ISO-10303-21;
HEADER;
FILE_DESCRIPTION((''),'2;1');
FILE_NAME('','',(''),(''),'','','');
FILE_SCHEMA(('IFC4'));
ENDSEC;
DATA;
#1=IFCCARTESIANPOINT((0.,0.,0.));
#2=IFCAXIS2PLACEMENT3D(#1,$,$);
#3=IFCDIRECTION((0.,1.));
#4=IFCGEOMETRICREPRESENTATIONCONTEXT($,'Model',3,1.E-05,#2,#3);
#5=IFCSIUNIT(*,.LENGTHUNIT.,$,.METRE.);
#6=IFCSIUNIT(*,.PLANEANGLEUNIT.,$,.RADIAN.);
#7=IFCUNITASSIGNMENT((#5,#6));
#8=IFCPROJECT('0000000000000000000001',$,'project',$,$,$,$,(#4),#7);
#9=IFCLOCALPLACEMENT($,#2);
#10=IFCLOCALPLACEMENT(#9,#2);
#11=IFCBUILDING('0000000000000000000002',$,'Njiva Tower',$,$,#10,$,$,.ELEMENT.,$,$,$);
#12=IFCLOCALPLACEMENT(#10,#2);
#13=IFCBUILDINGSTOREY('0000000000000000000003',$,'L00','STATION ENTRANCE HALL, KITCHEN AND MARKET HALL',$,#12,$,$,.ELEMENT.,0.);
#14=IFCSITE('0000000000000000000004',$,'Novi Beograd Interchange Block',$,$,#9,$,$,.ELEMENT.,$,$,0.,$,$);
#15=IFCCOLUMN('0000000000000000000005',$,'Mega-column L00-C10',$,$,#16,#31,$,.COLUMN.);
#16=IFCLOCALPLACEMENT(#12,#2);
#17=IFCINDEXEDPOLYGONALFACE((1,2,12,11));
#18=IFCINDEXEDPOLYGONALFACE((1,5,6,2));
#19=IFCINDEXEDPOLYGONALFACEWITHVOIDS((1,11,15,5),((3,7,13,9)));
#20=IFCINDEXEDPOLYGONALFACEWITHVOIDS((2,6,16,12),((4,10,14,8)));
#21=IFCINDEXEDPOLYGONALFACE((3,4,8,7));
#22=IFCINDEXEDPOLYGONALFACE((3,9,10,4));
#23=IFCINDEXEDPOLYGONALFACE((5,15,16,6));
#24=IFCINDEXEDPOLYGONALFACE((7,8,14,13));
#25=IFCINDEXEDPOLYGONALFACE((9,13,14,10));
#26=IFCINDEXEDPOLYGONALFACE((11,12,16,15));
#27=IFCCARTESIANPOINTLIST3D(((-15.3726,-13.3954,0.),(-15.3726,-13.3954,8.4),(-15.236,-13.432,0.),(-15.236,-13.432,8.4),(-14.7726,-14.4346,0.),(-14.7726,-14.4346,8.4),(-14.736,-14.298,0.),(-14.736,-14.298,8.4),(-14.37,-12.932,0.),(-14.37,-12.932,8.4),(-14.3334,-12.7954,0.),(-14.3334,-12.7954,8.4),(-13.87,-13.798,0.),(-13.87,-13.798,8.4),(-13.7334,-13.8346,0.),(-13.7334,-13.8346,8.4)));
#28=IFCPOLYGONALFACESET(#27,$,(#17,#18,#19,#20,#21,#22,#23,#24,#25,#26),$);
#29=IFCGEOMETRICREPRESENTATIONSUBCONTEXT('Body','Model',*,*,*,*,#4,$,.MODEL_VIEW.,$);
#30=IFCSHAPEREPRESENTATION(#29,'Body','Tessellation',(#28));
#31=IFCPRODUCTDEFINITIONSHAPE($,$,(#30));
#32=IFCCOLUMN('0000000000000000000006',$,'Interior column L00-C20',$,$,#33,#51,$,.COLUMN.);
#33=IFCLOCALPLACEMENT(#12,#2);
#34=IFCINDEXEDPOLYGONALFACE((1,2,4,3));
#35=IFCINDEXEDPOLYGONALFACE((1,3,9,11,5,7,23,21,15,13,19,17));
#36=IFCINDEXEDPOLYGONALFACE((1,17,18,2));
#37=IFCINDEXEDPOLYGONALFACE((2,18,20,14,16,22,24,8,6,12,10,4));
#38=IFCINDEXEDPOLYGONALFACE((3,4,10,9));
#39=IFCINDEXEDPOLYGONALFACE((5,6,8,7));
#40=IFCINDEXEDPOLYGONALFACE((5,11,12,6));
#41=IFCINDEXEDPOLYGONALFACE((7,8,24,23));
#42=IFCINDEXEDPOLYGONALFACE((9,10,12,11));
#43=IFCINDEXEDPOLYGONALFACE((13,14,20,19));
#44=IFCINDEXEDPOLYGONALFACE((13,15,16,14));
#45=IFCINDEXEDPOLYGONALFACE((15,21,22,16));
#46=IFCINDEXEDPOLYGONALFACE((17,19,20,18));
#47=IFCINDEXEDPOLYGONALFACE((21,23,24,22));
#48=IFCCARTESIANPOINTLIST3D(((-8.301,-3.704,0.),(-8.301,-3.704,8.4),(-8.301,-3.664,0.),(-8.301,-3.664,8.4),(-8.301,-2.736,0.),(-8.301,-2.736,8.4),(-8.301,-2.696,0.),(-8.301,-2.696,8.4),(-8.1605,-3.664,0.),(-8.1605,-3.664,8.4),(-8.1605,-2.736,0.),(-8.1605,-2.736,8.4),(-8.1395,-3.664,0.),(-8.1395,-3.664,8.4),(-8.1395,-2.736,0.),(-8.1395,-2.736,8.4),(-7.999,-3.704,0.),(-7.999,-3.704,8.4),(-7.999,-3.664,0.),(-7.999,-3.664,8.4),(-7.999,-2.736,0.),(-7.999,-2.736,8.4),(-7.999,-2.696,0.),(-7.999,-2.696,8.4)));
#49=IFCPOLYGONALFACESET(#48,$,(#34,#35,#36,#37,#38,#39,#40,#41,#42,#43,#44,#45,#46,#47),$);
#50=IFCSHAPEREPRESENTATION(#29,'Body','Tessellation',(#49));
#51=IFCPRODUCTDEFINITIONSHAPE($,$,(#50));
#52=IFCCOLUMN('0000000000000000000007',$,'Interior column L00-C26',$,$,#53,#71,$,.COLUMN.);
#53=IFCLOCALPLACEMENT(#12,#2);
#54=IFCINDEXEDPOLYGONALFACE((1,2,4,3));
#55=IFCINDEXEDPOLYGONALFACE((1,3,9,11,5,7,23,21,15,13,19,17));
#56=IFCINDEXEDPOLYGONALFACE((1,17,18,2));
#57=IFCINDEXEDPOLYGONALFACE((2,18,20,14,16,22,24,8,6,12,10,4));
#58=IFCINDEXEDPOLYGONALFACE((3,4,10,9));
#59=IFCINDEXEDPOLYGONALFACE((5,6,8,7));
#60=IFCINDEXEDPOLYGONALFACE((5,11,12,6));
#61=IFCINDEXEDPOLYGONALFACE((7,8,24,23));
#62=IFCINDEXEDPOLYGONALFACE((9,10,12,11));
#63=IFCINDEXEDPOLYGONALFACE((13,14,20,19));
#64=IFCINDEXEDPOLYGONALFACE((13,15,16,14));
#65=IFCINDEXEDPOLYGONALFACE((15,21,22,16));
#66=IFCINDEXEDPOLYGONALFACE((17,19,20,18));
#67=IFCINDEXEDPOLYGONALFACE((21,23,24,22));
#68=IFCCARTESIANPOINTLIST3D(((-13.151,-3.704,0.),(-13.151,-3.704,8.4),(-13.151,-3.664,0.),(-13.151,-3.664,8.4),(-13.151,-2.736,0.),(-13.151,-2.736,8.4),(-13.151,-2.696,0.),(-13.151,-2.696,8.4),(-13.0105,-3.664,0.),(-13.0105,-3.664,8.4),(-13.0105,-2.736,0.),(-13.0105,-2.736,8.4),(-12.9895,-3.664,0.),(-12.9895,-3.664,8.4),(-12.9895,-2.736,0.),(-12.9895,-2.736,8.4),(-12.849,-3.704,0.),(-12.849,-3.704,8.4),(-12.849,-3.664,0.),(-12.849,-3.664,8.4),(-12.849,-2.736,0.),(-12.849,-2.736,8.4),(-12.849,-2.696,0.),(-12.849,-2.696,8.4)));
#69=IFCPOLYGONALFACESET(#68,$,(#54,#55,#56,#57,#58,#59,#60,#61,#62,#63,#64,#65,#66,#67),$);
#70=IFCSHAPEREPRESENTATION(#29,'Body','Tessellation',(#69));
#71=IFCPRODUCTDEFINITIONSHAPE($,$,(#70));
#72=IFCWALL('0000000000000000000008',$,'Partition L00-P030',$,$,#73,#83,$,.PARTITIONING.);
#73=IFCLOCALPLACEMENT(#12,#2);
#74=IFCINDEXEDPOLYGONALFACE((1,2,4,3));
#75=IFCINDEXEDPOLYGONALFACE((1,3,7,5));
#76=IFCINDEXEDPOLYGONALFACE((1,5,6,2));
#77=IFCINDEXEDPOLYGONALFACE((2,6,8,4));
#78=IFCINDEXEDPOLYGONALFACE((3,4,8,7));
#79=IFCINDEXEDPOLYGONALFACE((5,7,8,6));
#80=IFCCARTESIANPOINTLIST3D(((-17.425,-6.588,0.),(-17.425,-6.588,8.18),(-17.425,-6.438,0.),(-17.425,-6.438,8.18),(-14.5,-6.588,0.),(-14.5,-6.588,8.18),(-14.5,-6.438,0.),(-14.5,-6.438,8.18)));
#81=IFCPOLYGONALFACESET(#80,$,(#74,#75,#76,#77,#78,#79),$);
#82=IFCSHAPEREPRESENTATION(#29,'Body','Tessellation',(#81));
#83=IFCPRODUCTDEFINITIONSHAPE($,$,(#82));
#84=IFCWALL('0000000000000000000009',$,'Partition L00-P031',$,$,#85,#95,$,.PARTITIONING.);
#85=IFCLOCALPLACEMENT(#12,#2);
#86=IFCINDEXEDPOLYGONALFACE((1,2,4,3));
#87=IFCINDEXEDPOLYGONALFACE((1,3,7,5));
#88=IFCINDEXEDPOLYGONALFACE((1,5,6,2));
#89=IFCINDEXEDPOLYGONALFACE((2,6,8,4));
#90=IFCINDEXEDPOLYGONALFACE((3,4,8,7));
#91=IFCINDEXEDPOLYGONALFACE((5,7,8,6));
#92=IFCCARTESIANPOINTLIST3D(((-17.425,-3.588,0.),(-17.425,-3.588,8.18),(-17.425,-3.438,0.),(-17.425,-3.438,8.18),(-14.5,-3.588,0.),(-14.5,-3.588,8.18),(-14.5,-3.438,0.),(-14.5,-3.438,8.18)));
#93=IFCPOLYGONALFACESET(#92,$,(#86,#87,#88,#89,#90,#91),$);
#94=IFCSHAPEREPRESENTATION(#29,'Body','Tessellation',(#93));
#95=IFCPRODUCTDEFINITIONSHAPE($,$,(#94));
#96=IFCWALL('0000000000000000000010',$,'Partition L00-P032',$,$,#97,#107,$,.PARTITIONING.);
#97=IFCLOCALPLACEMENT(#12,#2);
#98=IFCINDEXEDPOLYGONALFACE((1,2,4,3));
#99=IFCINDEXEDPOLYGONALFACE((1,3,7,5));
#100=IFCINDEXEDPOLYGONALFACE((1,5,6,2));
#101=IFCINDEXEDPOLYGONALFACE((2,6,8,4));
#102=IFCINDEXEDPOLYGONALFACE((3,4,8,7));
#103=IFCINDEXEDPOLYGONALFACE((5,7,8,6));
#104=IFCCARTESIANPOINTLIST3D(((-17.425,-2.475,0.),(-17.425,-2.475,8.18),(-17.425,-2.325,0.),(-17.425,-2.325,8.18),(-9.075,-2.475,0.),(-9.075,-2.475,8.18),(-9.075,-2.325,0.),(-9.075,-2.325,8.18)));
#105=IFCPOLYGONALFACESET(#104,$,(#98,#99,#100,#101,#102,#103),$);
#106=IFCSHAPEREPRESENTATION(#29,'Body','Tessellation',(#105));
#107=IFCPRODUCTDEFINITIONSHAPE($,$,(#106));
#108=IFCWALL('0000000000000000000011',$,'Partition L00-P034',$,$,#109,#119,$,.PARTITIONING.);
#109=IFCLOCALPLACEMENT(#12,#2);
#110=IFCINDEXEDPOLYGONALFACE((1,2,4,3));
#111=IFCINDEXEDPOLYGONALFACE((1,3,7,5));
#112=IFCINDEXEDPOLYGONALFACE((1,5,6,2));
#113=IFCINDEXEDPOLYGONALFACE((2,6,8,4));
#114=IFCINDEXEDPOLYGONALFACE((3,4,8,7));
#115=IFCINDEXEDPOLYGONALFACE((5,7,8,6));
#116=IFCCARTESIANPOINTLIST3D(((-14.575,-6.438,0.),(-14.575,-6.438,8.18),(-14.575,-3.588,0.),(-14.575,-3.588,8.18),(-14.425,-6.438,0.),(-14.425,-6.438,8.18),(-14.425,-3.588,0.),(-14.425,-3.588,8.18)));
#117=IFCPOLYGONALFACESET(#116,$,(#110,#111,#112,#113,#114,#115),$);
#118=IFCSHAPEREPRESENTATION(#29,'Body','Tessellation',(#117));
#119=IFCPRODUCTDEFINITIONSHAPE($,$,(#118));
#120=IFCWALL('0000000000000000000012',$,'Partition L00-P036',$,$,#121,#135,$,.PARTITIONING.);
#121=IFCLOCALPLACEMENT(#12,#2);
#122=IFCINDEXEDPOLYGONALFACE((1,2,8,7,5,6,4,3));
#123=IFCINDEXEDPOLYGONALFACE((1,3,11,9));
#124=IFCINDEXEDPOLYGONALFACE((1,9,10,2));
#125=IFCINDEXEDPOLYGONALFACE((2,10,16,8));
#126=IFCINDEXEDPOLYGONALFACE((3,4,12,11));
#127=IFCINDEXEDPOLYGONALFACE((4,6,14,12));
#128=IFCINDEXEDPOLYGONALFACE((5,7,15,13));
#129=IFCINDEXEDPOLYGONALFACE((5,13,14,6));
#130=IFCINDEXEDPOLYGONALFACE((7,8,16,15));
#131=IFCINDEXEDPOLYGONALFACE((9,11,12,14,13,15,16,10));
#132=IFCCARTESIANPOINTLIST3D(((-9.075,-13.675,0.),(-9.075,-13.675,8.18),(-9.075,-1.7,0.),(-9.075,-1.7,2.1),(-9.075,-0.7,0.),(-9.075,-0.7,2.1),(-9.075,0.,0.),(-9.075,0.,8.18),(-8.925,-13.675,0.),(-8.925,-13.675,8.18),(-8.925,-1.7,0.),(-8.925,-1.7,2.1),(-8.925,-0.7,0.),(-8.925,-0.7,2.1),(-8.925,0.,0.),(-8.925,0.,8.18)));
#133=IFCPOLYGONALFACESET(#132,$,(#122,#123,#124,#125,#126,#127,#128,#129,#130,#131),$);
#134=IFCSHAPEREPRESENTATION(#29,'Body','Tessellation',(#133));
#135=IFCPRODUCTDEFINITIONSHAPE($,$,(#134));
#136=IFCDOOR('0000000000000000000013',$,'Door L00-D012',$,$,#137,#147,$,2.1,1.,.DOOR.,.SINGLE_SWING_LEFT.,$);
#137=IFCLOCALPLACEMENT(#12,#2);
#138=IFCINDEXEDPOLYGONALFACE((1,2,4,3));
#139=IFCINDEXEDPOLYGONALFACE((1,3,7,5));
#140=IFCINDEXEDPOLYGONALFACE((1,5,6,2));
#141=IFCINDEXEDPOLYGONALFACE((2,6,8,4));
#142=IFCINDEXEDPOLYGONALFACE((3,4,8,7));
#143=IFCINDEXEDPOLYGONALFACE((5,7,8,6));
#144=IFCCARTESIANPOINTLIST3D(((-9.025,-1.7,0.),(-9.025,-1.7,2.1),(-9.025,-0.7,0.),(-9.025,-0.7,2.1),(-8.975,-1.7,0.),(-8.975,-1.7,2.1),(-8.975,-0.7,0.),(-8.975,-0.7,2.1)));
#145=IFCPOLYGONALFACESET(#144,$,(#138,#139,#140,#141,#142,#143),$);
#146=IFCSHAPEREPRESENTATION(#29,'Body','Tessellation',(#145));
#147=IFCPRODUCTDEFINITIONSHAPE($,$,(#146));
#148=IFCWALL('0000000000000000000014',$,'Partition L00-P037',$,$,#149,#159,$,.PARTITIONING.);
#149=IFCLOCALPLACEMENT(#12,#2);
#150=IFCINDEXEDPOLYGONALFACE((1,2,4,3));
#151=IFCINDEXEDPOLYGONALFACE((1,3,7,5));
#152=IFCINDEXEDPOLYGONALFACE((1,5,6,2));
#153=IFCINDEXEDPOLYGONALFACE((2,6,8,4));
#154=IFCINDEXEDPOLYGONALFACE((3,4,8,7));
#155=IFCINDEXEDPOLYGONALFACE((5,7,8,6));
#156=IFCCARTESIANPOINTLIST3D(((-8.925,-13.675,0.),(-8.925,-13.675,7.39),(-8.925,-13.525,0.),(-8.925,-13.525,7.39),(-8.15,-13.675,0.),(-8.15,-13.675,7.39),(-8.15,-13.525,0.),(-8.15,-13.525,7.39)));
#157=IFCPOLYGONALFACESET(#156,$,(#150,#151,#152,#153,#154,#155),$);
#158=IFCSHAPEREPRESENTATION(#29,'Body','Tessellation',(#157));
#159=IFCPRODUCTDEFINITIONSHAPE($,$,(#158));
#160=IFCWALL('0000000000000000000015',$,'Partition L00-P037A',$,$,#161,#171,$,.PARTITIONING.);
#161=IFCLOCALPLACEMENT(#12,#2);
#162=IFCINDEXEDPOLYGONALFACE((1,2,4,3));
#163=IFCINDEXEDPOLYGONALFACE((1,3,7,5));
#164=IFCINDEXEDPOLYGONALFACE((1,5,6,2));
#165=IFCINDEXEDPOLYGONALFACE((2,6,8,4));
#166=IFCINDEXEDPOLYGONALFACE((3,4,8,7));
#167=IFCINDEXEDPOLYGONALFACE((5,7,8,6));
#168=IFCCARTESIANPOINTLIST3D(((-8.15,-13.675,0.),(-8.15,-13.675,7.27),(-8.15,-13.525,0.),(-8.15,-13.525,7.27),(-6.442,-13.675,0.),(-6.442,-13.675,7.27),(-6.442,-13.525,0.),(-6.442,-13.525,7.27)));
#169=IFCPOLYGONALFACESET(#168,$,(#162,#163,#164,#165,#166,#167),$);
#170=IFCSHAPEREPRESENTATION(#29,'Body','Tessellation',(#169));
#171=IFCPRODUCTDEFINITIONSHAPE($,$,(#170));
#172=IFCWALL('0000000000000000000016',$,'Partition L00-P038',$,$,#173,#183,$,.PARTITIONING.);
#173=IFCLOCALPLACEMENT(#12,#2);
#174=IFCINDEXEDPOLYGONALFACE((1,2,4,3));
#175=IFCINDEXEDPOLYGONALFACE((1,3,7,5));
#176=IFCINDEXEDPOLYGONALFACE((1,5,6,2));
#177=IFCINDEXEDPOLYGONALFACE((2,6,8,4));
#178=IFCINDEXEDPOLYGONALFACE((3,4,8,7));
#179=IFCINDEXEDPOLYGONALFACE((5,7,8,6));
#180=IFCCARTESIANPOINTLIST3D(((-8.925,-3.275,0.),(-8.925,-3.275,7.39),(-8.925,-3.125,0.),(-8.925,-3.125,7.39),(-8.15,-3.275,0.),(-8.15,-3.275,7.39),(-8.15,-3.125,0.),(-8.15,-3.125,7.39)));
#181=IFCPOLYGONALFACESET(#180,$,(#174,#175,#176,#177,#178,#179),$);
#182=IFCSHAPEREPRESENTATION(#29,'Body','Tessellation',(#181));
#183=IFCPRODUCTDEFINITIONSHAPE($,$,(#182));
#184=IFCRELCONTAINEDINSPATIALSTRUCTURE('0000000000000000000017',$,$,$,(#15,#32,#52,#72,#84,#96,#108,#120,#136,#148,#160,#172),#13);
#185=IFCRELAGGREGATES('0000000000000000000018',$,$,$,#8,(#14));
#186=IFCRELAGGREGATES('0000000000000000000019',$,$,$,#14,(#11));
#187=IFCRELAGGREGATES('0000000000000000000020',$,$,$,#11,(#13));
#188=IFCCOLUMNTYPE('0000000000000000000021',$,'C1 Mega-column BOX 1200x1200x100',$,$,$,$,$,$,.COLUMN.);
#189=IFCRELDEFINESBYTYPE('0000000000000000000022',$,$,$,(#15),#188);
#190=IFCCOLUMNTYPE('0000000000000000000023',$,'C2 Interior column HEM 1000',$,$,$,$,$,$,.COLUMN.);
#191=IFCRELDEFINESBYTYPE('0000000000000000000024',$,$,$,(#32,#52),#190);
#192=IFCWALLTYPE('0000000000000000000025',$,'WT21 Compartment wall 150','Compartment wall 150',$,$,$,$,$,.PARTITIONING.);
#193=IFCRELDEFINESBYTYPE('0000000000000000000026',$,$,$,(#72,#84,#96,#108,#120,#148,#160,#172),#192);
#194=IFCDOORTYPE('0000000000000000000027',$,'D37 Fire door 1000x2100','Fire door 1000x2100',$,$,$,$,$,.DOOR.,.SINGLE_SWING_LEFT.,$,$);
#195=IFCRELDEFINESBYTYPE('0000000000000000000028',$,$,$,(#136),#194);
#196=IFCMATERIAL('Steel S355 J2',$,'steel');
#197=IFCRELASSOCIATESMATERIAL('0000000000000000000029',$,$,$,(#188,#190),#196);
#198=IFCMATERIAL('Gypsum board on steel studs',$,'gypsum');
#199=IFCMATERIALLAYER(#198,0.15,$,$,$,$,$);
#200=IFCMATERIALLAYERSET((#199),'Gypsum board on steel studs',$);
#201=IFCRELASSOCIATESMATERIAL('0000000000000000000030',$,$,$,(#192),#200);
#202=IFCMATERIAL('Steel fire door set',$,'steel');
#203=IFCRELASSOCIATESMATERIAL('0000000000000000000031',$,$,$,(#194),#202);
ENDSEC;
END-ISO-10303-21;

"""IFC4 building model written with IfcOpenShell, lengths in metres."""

from ifc_helpers import new_model, si_unit, direction, frame, frame_2d, origin, origin_2d, place, context, subcontext, project, spatial, rectangle, hollow_rectangle, i_section, extrude, material, layer, layer_set, material_profile, profile_set, type_object, element, fill, save


model = new_model("IFC4")

# Units and contexts
model_context = context("Model", 3, precision=1e-05, world=origin(), true_north=direction((0.0, 1.0)))
body_context = subcontext(model_context, "Body", "Model", "MODEL_VIEW")
ifc_project = project(units=[si_unit("LENGTHUNIT", "METRE"), si_unit("PLANEANGLEUNIT", "RADIAN")], contexts=[model_context])

# Site, building, storey
site_placement = place(None, origin())
site = spatial("IfcSite", under=ifc_project, at=site_placement, Name="Novi Beograd Interchange Block", CompositionType="ELEMENT", RefElevation=0.0)
building_placement = place(site_placement, origin())
building = spatial("IfcBuilding", under=site, at=building_placement, Name="Njiva Tower", CompositionType="ELEMENT")
storey_placement = place(building_placement, origin())
storey = spatial("IfcBuildingStorey", under=building, at=storey_placement, Name="L00", Description="STATION ENTRANCE HALL, KITCHEN AND MARKET HALL", CompositionType="ELEMENT", Elevation=0.0)

# Columns
ifc_material_1 = material(Name="Steel S355 J2", Category="steel")
ifc_material_profile_1 = material_profile(ifc_material_1, hollow_rectangle(XDim=1.2, YDim=1.2, WallThickness=0.1, at=origin_2d()), Name="BOX 1200x1200x100")
ifc_profile_set_1 = profile_set([ifc_material_profile_1], Name="Steel S355 J2")
column_type_1 = type_object("IfcColumnType", Name="C1 Mega-column BOX 1200x1200x100", PredefinedType="COLUMN", material=ifc_profile_set_1)
column_placement = place(storey_placement, frame((-14.553, -13.615, 0.0), z_axis=(0.0, 0.0, 1.0), x_axis=(0.5, -0.866025, 0.0)))
element("IfcColumn", 1, at=column_placement, inside=storey, type_object=column_type_1, Name="Mega-column L00-C10", PredefinedType="COLUMN", context=body_context, shape_type="SweptSolid", body=[
    extrude(hollow_rectangle(XDim=1.2, YDim=1.2, WallThickness=0.1, at=origin_2d()), origin(), (0.0, 0.0, 1.0), 8.4),
])
ifc_material_profile_2 = material_profile(ifc_material_1, i_section(OverallWidth=0.302, OverallDepth=1.008, WebThickness=0.021, FlangeThickness=0.04, at=origin_2d()), Name="HEM 1000")
ifc_profile_set_2 = profile_set([ifc_material_profile_2], Name="Steel S355 J2")
column_type_2 = type_object("IfcColumnType", Name="C2 Interior column HEM 1000", PredefinedType="COLUMN", material=ifc_profile_set_2)
for number, where, z_axis, x_axis, name in (
    (2, (-8.15, -3.2, 0.0), (0.0, 0.0, 1.0), (1.0, 0.0, 0.0), "Interior column L00-C20"),
    (3, (-13.0, -3.2, 0.0), (0.0, 0.0, 1.0), (1.0, 0.0, 0.0), "Interior column L00-C26"),
):
    element("IfcColumn", number, at=place(storey_placement, frame(where, z_axis=z_axis, x_axis=x_axis)), inside=storey, type_object=column_type_2, Name=name, PredefinedType="COLUMN", context=body_context, shape_type="SweptSolid", body=[
        extrude(i_section(OverallWidth=0.302, OverallDepth=1.008, WebThickness=0.021, FlangeThickness=0.04, at=origin_2d()), origin(), (0.0, 0.0, 1.0), 8.4),
    ])

# Walls
ifc_material_2 = material(Name="Gypsum board on steel studs", Category="gypsum")
ifc_layer_1 = layer(ifc_material_2, 0.15)
ifc_layer_set_1 = layer_set([ifc_layer_1], Name="Gypsum board on steel studs")
wall_type_1 = type_object("IfcWallType", Name="WT21 Compartment wall 150", Description="Compartment wall 150", PredefinedType="PARTITIONING", material=ifc_layer_set_1)
for number, where, z_axis, x_axis, name in (
    (4, (-17.425, -6.513, 0.0), (0.0, 0.0, 1.0), (1.0, 0.0, 0.0), "Partition L00-P030"),
    (5, (-17.425, -3.513, 0.0), (0.0, 0.0, 1.0), (1.0, 0.0, 0.0), "Partition L00-P031"),
):
    element("IfcWall", number, at=place(storey_placement, frame(where, z_axis=z_axis, x_axis=x_axis)), inside=storey, type_object=wall_type_1, Name=name, PredefinedType="PARTITIONING", context=body_context, shape_type="SweptSolid", body=[
        extrude(rectangle(XDim=2.925, YDim=0.15, at=frame_2d((1.4625, 0.0))), origin(), (0.0, 0.0, 1.0), 8.18),
    ])
wall_1_placement = place(storey_placement, frame((-17.425, -2.4, 0.0), z_axis=(0.0, 0.0, 1.0), x_axis=(1.0, 0.0, 0.0)))
element("IfcWall", 6, at=wall_1_placement, inside=storey, type_object=wall_type_1, Name="Partition L00-P032", PredefinedType="PARTITIONING", context=body_context, shape_type="SweptSolid", body=[
    extrude(rectangle(XDim=8.35, YDim=0.15, at=frame_2d((4.175, 0.0))), origin(), (0.0, 0.0, 1.0), 8.18),
])
wall_2_placement = place(storey_placement, frame((-14.5, -6.438, 0.0), z_axis=(0.0, 0.0, 1.0), x_axis=(0.0, 1.0, 0.0)))
element("IfcWall", 7, at=wall_2_placement, inside=storey, type_object=wall_type_1, Name="Partition L00-P034", PredefinedType="PARTITIONING", context=body_context, shape_type="SweptSolid", body=[
    extrude(rectangle(XDim=2.85, YDim=0.15, at=frame_2d((1.425, 0.0))), origin(), (0.0, 0.0, 1.0), 8.18),
])

# Wall, opening, door
wall_3_placement = place(storey_placement, frame((-9.0, -13.675, 0.0), z_axis=(0.0, 0.0, 1.0), x_axis=(0.0, 1.0, 0.0)))
wall_3 = element("IfcWall", 8, at=wall_3_placement, inside=storey, type_object=wall_type_1, Name="Partition L00-P036", PredefinedType="PARTITIONING", context=body_context, shape_type="SweptSolid", body=[
    extrude(rectangle(XDim=13.675, YDim=0.15, at=frame_2d((6.8375, 0.0))), origin(), (0.0, 0.0, 1.0), 8.18),
])
opening_1_placement = place(wall_3_placement, frame((11.975, 0.0, 0.0)))
opening_1 = element("IfcOpeningElement", 9, at=opening_1_placement, cuts=wall_3, PredefinedType="OPENING", context=body_context, shape_type="SweptSolid", body=[
    extrude(rectangle(XDim=1.0, YDim=2.1, at=frame_2d((0.5, 1.05))), frame((0.0, 0.085, 0.0), z_axis=(0.0, -1.0, 0.0), x_axis=(1.0, 0.0, 0.0)), (0.0, 0.0, 1.0), 0.17),
])
ifc_material_3 = material(Name="Steel fire door set", Category="steel")
door_type = type_object("IfcDoorType", Name="D37 Fire door 1000x2100", Description="Fire door 1000x2100", OperationType="SINGLE_SWING_LEFT", PredefinedType="DOOR", material=ifc_material_3)
door_1_placement = place(opening_1_placement, origin())
door_1 = element("IfcDoor", 10, at=door_1_placement, inside=storey, type_object=door_type, Name="Door L00-D012", OperationType="SINGLE_SWING_LEFT", OverallHeight=2.1, OverallWidth=1.0, PredefinedType="DOOR", context=body_context, shape_type="SweptSolid", body=[
    extrude(rectangle(XDim=1.0, YDim=2.1, at=frame_2d((0.5, 1.05))), frame((0.0, 0.025, 0.0), z_axis=(0.0, -1.0, 0.0), x_axis=(1.0, 0.0, 0.0)), (0.0, 0.0, 1.0), 0.05),
])
fill(opening_1, door_1)

# Walls
wall_4_placement = place(storey_placement, frame((-8.925, -13.6, 0.0), z_axis=(0.0, 0.0, 1.0), x_axis=(1.0, 0.0, 0.0)))
element("IfcWall", 11, at=wall_4_placement, inside=storey, type_object=wall_type_1, Name="Partition L00-P037", PredefinedType="PARTITIONING", context=body_context, shape_type="SweptSolid", body=[
    extrude(rectangle(XDim=0.775, YDim=0.15, at=frame_2d((0.3875, 0.0))), origin(), (0.0, 0.0, 1.0), 7.39),
])
wall_5_placement = place(storey_placement, frame((-8.15, -13.6, 0.0), z_axis=(0.0, 0.0, 1.0), x_axis=(1.0, 0.0, 0.0)))
element("IfcWall", 12, at=wall_5_placement, inside=storey, type_object=wall_type_1, Name="Partition L00-P037A", PredefinedType="PARTITIONING", context=body_context, shape_type="SweptSolid", body=[
    extrude(rectangle(XDim=1.708, YDim=0.15, at=frame_2d((0.854, 0.0))), origin(), (0.0, 0.0, 1.0), 7.27),
])
wall_6_placement = place(storey_placement, frame((-8.925, -3.2, 0.0), z_axis=(0.0, 0.0, 1.0), x_axis=(1.0, 0.0, 0.0)))
element("IfcWall", 13, at=wall_6_placement, inside=storey, type_object=wall_type_1, Name="Partition L00-P038", PredefinedType="PARTITIONING", context=body_context, shape_type="SweptSolid", body=[
    extrude(rectangle(XDim=0.775, YDim=0.15, at=frame_2d((0.3875, 0.0))), origin(), (0.0, 0.0, 1.0), 7.39),
])

save(model, "model.ifc")
